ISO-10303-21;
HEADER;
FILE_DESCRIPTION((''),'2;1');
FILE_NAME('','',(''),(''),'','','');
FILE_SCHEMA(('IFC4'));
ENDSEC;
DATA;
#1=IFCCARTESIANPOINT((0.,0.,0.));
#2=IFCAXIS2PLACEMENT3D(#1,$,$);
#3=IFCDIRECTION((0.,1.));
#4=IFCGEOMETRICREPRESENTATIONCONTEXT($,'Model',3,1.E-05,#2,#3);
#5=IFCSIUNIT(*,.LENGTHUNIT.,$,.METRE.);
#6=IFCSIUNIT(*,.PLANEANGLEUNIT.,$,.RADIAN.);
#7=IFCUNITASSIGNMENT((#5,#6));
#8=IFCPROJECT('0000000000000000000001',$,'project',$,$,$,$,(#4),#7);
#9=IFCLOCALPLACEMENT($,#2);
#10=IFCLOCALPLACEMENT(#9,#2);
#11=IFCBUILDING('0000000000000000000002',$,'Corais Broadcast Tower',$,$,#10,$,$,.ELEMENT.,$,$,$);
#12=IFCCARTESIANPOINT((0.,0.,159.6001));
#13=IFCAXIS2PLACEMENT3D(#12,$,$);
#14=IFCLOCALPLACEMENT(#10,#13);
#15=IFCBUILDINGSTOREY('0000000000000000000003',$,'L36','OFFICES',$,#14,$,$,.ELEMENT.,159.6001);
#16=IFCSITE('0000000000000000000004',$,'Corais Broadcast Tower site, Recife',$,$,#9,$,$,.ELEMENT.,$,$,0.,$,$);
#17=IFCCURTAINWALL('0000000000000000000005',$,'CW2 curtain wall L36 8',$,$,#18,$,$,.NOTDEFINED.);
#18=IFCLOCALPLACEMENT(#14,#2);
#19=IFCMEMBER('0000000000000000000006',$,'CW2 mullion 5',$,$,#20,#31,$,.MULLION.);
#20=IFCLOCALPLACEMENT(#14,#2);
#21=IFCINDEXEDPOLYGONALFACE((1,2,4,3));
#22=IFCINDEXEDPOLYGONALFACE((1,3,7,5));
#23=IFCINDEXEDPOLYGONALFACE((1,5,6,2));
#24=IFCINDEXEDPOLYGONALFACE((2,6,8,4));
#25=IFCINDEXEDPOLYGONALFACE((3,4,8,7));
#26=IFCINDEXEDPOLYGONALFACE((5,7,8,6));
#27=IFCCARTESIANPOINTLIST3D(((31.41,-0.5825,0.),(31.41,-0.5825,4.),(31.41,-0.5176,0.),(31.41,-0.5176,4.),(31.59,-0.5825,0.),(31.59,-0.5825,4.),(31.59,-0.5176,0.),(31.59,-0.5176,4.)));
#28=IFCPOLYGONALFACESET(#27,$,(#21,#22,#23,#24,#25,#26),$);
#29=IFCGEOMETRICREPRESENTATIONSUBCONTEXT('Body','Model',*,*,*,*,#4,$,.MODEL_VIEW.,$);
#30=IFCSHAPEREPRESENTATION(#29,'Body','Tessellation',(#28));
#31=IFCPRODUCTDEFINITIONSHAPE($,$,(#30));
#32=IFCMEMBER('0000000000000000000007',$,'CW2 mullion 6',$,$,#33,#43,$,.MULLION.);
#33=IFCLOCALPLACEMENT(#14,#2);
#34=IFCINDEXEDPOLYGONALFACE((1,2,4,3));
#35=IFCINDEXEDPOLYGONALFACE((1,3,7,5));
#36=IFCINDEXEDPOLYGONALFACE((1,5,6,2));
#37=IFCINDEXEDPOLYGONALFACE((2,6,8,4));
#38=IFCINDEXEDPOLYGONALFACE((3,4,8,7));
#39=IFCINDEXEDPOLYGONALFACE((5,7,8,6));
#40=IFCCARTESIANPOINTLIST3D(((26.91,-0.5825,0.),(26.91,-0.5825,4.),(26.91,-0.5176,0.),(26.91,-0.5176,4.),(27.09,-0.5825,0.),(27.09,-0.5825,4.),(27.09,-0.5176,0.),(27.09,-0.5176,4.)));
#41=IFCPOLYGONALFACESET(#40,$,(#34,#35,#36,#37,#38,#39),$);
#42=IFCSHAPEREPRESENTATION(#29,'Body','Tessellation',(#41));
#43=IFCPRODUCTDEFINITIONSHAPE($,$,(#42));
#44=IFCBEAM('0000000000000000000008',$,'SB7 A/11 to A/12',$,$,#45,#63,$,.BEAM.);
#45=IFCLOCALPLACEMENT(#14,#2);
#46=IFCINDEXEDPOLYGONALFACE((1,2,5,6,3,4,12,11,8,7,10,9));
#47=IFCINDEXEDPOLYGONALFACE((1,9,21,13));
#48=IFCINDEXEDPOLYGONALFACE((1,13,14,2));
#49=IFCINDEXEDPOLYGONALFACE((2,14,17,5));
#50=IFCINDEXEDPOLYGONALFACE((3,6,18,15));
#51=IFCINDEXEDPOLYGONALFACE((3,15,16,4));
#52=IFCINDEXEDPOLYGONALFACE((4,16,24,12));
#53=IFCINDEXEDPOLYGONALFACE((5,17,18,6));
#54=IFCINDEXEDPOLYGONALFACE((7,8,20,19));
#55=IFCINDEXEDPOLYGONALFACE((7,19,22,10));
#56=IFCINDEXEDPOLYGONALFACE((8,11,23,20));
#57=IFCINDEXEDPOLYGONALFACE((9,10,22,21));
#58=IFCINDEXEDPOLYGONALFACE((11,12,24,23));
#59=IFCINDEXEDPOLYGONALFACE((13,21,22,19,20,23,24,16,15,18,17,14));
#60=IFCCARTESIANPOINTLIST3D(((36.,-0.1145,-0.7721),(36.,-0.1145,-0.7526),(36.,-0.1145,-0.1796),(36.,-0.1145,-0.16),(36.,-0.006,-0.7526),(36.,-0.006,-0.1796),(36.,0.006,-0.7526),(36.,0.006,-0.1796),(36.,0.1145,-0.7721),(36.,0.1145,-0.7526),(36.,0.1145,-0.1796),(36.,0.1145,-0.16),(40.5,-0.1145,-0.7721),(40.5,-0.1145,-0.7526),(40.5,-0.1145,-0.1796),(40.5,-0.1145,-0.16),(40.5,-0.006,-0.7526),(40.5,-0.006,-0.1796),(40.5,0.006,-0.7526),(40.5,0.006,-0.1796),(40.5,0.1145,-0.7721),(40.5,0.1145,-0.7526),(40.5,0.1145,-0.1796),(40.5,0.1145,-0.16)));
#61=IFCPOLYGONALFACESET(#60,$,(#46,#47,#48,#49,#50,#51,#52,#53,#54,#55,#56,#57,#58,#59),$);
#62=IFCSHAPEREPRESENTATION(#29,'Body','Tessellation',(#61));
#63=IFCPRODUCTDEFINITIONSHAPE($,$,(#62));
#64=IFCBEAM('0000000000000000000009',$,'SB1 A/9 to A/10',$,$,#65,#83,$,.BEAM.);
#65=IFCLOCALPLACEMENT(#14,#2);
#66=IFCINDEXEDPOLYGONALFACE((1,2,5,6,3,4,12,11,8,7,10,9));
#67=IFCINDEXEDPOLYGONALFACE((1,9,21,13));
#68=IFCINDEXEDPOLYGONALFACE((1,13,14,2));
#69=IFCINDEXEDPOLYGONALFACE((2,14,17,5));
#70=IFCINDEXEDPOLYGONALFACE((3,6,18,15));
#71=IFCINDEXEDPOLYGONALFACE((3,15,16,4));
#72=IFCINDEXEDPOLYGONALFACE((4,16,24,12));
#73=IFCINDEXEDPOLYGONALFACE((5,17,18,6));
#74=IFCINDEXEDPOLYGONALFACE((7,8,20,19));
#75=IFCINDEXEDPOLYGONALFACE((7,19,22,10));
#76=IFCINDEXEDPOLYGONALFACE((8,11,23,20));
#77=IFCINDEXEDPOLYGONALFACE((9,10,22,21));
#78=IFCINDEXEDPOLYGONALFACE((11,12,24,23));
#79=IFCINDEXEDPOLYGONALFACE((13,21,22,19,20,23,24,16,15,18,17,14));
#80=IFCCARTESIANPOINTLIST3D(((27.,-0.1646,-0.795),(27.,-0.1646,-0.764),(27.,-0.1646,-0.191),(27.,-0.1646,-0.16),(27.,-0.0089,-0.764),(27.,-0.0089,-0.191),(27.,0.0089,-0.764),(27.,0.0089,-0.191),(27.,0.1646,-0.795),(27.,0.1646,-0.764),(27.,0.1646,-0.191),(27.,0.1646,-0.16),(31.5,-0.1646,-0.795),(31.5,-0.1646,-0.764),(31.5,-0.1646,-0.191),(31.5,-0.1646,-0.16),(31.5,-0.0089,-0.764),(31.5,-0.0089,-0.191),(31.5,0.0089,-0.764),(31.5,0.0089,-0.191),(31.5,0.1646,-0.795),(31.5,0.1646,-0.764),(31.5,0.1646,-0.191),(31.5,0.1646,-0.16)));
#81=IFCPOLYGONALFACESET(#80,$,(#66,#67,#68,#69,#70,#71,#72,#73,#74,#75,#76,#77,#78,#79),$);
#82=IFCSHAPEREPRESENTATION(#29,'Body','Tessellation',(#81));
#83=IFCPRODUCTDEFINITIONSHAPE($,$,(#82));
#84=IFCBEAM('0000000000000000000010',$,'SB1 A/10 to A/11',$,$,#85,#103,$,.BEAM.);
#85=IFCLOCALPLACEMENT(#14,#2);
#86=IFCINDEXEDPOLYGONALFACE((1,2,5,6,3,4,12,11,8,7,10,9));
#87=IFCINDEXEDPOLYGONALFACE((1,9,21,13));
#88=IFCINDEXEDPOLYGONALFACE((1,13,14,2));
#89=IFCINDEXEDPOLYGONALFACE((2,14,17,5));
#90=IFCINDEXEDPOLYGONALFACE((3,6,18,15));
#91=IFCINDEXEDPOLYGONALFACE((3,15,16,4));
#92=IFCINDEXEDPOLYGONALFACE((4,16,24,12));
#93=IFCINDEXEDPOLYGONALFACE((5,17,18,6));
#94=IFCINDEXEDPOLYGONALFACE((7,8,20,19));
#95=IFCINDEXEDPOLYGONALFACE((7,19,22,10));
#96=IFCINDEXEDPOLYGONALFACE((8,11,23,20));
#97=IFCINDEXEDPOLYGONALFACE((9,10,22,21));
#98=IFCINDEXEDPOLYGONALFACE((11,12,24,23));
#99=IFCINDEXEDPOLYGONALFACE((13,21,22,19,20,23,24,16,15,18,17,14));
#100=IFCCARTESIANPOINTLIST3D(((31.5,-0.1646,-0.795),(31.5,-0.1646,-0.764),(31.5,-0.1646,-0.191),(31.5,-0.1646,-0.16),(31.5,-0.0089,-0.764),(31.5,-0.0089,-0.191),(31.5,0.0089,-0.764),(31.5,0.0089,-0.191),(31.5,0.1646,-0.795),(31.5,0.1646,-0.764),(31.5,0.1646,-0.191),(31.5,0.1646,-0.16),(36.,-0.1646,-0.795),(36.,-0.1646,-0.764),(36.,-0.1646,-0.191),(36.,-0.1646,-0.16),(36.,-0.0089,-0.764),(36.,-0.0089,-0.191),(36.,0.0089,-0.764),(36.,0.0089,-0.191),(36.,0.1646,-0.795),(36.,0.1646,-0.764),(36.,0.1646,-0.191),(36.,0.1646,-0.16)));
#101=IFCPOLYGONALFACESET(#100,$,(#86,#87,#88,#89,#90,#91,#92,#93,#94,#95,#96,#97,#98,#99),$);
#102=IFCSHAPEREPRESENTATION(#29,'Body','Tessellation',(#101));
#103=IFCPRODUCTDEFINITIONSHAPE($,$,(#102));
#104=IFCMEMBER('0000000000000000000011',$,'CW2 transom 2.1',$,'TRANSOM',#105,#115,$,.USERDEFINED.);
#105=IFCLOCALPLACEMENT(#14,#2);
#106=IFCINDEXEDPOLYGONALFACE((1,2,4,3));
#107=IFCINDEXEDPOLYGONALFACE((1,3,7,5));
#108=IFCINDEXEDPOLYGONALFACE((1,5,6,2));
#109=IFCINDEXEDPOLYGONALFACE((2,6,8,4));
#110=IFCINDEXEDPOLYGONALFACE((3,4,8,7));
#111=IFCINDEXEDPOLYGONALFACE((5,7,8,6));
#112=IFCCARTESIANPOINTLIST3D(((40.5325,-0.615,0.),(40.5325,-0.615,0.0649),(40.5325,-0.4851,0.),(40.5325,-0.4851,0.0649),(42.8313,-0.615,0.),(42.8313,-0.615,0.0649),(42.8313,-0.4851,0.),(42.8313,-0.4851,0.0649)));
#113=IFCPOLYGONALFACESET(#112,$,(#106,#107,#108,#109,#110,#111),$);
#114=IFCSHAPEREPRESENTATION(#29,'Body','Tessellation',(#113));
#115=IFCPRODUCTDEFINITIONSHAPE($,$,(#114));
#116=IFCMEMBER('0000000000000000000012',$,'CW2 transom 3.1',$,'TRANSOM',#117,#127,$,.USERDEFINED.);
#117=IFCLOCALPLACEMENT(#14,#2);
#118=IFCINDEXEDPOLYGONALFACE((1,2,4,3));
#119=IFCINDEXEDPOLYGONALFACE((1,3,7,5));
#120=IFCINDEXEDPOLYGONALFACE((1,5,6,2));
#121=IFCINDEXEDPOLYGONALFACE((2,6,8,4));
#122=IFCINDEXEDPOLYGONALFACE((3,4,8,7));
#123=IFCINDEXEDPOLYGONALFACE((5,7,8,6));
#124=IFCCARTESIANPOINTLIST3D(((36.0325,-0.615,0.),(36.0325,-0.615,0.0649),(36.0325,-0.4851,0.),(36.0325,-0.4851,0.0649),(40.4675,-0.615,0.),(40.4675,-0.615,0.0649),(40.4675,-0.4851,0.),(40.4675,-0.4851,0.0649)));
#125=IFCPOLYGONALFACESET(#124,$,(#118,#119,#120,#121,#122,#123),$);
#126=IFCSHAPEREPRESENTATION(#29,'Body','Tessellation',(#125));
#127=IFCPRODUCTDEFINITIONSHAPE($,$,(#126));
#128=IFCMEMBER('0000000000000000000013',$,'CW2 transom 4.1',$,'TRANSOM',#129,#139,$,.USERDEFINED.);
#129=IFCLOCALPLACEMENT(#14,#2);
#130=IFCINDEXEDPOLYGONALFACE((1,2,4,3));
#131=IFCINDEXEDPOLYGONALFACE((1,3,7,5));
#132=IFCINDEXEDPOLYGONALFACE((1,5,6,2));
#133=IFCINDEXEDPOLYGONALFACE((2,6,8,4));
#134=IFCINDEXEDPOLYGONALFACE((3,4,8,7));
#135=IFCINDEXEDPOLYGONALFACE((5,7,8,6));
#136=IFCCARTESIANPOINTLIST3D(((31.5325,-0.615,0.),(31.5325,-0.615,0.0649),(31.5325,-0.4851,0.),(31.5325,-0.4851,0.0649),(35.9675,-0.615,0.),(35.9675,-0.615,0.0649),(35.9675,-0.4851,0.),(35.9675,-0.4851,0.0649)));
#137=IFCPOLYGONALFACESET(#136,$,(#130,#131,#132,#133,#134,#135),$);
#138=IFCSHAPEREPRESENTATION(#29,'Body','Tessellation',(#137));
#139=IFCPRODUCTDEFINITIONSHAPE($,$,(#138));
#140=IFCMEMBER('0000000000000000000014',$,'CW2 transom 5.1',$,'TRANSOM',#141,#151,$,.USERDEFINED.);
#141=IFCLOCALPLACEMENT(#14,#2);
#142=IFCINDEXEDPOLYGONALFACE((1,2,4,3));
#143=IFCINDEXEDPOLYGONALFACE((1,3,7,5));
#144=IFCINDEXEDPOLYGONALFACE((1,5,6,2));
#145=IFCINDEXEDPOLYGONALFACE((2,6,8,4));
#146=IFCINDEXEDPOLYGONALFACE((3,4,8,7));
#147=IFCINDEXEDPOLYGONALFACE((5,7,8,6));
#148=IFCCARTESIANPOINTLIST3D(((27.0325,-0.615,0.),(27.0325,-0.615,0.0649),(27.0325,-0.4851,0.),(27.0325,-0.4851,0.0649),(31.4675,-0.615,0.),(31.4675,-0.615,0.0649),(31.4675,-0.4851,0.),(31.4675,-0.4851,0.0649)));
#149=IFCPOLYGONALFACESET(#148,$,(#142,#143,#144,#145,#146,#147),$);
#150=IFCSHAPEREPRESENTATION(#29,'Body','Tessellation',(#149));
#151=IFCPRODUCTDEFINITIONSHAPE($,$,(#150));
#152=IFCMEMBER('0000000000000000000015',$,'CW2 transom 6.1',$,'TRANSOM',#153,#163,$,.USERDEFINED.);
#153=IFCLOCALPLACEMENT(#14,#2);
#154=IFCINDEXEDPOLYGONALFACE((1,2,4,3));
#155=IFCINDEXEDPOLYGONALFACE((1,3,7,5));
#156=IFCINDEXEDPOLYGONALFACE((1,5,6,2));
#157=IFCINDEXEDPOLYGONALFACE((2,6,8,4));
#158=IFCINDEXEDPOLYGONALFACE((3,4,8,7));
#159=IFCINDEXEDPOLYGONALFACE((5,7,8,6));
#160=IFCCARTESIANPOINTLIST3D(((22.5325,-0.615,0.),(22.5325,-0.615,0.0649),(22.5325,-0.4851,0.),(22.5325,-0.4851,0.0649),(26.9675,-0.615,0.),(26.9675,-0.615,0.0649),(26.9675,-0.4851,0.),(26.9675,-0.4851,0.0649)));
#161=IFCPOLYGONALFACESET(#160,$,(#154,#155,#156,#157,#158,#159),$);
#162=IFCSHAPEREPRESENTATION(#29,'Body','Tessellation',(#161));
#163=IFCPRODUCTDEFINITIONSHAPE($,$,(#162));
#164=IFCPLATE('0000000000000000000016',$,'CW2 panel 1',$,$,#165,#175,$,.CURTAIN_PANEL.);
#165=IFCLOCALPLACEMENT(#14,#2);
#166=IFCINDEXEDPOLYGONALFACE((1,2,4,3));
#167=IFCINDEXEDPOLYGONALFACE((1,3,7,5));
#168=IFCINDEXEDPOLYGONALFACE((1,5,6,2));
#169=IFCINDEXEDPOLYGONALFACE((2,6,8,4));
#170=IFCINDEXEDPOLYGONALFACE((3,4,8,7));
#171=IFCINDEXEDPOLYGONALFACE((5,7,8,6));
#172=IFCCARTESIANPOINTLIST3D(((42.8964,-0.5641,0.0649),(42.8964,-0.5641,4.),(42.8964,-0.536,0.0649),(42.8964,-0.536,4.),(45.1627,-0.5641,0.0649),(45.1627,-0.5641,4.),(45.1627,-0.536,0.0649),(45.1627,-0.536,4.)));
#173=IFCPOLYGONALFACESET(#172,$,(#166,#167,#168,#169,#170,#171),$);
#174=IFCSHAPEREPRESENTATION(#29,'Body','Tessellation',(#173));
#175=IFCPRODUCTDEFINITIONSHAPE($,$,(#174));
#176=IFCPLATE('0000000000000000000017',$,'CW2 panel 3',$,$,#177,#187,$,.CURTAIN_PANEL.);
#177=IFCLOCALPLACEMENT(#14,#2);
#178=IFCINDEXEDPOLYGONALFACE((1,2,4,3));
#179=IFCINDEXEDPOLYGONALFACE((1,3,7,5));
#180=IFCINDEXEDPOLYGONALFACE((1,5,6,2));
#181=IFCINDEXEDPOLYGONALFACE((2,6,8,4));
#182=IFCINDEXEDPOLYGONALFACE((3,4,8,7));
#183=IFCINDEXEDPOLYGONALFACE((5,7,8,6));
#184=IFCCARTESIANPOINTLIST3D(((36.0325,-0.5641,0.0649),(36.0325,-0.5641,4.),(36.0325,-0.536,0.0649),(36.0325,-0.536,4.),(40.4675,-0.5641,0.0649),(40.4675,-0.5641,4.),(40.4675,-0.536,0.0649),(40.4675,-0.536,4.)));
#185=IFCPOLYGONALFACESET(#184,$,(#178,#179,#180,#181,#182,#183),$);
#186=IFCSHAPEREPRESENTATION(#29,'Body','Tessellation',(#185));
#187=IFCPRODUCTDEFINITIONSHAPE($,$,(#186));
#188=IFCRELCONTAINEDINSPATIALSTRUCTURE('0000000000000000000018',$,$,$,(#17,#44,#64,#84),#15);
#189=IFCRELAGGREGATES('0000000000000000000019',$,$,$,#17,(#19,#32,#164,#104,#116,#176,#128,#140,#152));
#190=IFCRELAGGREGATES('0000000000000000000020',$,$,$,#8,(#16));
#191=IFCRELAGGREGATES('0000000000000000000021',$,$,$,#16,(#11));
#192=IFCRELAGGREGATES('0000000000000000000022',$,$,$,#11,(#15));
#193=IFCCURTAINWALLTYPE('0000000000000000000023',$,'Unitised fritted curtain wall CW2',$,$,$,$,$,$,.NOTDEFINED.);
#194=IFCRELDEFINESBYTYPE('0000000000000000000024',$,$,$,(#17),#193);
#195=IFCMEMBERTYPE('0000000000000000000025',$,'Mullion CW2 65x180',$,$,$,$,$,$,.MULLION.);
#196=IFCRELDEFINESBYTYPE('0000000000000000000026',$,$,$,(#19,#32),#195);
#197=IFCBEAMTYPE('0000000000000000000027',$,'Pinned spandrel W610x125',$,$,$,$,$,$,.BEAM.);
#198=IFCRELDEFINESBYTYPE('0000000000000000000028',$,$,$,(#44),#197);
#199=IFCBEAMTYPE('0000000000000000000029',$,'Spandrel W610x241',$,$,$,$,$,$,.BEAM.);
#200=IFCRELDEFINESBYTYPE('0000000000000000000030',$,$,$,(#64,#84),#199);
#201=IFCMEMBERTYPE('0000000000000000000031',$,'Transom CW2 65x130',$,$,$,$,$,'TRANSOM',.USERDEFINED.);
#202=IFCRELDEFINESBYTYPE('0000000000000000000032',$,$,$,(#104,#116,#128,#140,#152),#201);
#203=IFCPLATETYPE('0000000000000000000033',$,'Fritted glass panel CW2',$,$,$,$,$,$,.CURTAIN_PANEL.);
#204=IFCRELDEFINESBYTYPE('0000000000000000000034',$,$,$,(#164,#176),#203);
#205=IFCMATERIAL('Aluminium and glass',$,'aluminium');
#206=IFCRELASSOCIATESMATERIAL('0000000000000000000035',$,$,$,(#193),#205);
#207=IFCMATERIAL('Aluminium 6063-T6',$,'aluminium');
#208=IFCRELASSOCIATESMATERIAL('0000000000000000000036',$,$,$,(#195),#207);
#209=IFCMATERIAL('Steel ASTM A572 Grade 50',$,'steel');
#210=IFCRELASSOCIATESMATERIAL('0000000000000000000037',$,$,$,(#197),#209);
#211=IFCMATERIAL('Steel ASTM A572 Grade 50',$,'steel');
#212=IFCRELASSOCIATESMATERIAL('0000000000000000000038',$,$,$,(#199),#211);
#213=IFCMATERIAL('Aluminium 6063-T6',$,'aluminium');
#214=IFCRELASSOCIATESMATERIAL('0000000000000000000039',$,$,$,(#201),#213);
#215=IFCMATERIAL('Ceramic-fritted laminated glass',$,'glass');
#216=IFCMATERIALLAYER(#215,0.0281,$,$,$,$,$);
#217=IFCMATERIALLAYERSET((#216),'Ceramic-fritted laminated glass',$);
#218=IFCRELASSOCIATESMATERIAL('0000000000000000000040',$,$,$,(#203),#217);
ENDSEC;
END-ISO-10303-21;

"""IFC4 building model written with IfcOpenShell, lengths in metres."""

from ifc_helpers import new_model, si_unit, direction, frame, origin, origin_2d, place, context, subcontext, project, spatial, rectangle, i_section, extrude, material, layer, layer_set, material_profile, profile_set, type_object, element, aggregate, save


model = new_model("IFC4")

# Units and contexts
model_context = context("Model", 3, precision=1e-05, world=origin(), true_north=direction((0.0, 1.0)))
body_context = subcontext(model_context, "Body", "Model", "MODEL_VIEW")
ifc_project = project(units=[si_unit("LENGTHUNIT", "METRE"), si_unit("PLANEANGLEUNIT", "RADIAN")], contexts=[model_context])

# Site, building, storey
site_placement = place(None, origin())
site = spatial("IfcSite", under=ifc_project, at=site_placement, Name="Corais Broadcast Tower site, Recife", CompositionType="ELEMENT", RefElevation=0.0)
building_placement = place(site_placement, origin())
building = spatial("IfcBuilding", under=site, at=building_placement, Name="Corais Broadcast Tower", CompositionType="ELEMENT")
storey_placement = place(building_placement, frame((0.0, 0.0, 159.6001)))
storey = spatial("IfcBuildingStorey", under=building, at=storey_placement, Name="L36", Description="OFFICES", CompositionType="ELEMENT", Elevation=159.6001)

# Curtain wall, members
ifc_material_1 = material(Name="Aluminium and glass", Category="aluminium")
curtain_wall_type = type_object("IfcCurtainWallType", Name="Unitised fritted curtain wall CW2", PredefinedType="NOTDEFINED", material=ifc_material_1)
curtain_wall_placement = place(storey_placement, origin())
curtain_wall = element("IfcCurtainWall", 1, at=curtain_wall_placement, inside=storey, type_object=curtain_wall_type, Name="CW2 curtain wall L36 8", PredefinedType="NOTDEFINED")
ifc_material_2 = material(Name="Aluminium 6063-T6", Category="aluminium")
ifc_material_profile_1 = material_profile(ifc_material_2, rectangle(XDim=0.0649, YDim=0.1799, at=origin_2d()), Name="Mullion CW2 65x180")
ifc_profile_set_1 = profile_set([ifc_material_profile_1], Name="Aluminium 6063-T6")
member_type_1 = type_object("IfcMemberType", Name="Mullion CW2 65x180", PredefinedType="MULLION", material=ifc_profile_set_1)
member_1_placement = place(storey_placement, frame((31.5, -0.55, 0.0), z_axis=(0.0, 0.0, 1.0), x_axis=(0.0, -1.0, 0.0)))
member_1 = element("IfcMember", 2, at=member_1_placement, type_object=member_type_1, Name="CW2 mullion 5", PredefinedType="MULLION", context=body_context, shape_type="SweptSolid", body=[
    extrude(rectangle(XDim=0.0649, YDim=0.1799, at=origin_2d()), origin(), (0.0, 0.0, 1.0), 4.0),
])
member_2_placement = place(storey_placement, frame((27.0, -0.55, 0.0), z_axis=(0.0, 0.0, 1.0), x_axis=(0.0, -1.0, 0.0)))
member_2 = element("IfcMember", 3, at=member_2_placement, type_object=member_type_1, Name="CW2 mullion 6", PredefinedType="MULLION", context=body_context, shape_type="SweptSolid", body=[
    extrude(rectangle(XDim=0.0649, YDim=0.1799, at=origin_2d()), origin(), (0.0, 0.0, 1.0), 4.0),
])

# Beams
ifc_material_3 = material(Name="Steel ASTM A572 Grade 50", Category="steel")
ifc_material_profile_2 = material_profile(ifc_material_3, i_section(OverallWidth=0.229, OverallDepth=0.6121, WebThickness=0.012, FlangeThickness=0.0195, at=origin_2d()), Name="W610x125")
ifc_profile_set_2 = profile_set([ifc_material_profile_2], Name="Steel ASTM A572 Grade 50")
beam_type_1 = type_object("IfcBeamType", Name="Pinned spandrel W610x125", PredefinedType="BEAM", material=ifc_profile_set_2)
beam_placement = place(storey_placement, frame((36.0, 0.0, -0.4661), z_axis=(1.0, 0.0, 0.0), x_axis=(0.0, 1.0, 0.0)))
element("IfcBeam", 4, at=beam_placement, inside=storey, type_object=beam_type_1, Name="SB7 A/11 to A/12", PredefinedType="BEAM", context=body_context, shape_type="SweptSolid", body=[
    extrude(i_section(OverallWidth=0.229, OverallDepth=0.6121, WebThickness=0.012, FlangeThickness=0.0195, at=origin_2d()), origin(), (0.0, 0.0, 1.0), 4.5),
])
ifc_material_4 = material(Name="Steel ASTM A572 Grade 50", Category="steel")
ifc_material_profile_3 = material_profile(ifc_material_4, i_section(OverallWidth=0.3291, OverallDepth=0.635, WebThickness=0.0178, FlangeThickness=0.031, at=origin_2d()), Name="W610x241")
ifc_profile_set_3 = profile_set([ifc_material_profile_3], Name="Steel ASTM A572 Grade 50")
beam_type_2 = type_object("IfcBeamType", Name="Spandrel W610x241", PredefinedType="BEAM", material=ifc_profile_set_3)
for number, where, z_axis, x_axis, name in (
    (5, (27.0, 0.0, -0.4775), (1.0, 0.0, 0.0), (0.0, 1.0, 0.0), "SB1 A/9 to A/10"),
    (6, (31.5, 0.0, -0.4775), (1.0, 0.0, 0.0), (0.0, 1.0, 0.0), "SB1 A/10 to A/11"),
):
    element("IfcBeam", number, at=place(storey_placement, frame(where, z_axis=z_axis, x_axis=x_axis)), inside=storey, type_object=beam_type_2, Name=name, PredefinedType="BEAM", context=body_context, shape_type="SweptSolid", body=[
        extrude(i_section(OverallWidth=0.3291, OverallDepth=0.635, WebThickness=0.0178, FlangeThickness=0.031, at=origin_2d()), origin(), (0.0, 0.0, 1.0), 4.5),
    ])

# Members
ifc_material_5 = material(Name="Aluminium 6063-T6", Category="aluminium")
ifc_material_profile_4 = material_profile(ifc_material_5, rectangle(XDim=0.1299, YDim=0.0649, at=origin_2d()), Name="Transom CW2 65x130")
ifc_profile_set_4 = profile_set([ifc_material_profile_4], Name="Aluminium 6063-T6")
member_type_2 = type_object("IfcMemberType", Name="Transom CW2 65x130", ElementType="TRANSOM", PredefinedType="USERDEFINED", material=ifc_profile_set_4)
member_3_placement = place(storey_placement, frame((42.8313, -0.55, 0.0325), z_axis=(-1.0, 0.0, 0.0), x_axis=(0.0, -1.0, 0.0)))
member_3 = element("IfcMember", 7, at=member_3_placement, type_object=member_type_2, Name="CW2 transom 2.1", ObjectType="TRANSOM", PredefinedType="USERDEFINED", context=body_context, shape_type="SweptSolid", body=[
    extrude(rectangle(XDim=0.1299, YDim=0.0649, at=origin_2d()), origin(), (0.0, 0.0, 1.0), 2.2988),
])
member_4_placement = place(storey_placement, frame((40.4675, -0.55, 0.0325), z_axis=(-1.0, 0.0, 0.0), x_axis=(0.0, -1.0, 0.0)))
member_4 = element("IfcMember", 8, at=member_4_placement, type_object=member_type_2, Name="CW2 transom 3.1", ObjectType="TRANSOM", PredefinedType="USERDEFINED", context=body_context, shape_type="SweptSolid", body=[
    extrude(rectangle(XDim=0.1299, YDim=0.0649, at=origin_2d()), origin(), (0.0, 0.0, 1.0), 4.4351),
])
member_5_placement = place(storey_placement, frame((35.9675, -0.55, 0.0325), z_axis=(-1.0, 0.0, 0.0), x_axis=(0.0, -1.0, 0.0)))
member_5 = element("IfcMember", 9, at=member_5_placement, type_object=member_type_2, Name="CW2 transom 4.1", ObjectType="TRANSOM", PredefinedType="USERDEFINED", context=body_context, shape_type="SweptSolid", body=[
    extrude(rectangle(XDim=0.1299, YDim=0.0649, at=origin_2d()), origin(), (0.0, 0.0, 1.0), 4.4351),
])
member_6_placement = place(storey_placement, frame((31.4675, -0.55, 0.0325), z_axis=(-1.0, 0.0, 0.0), x_axis=(0.0, -1.0, 0.0)))
member_6 = element("IfcMember", 10, at=member_6_placement, type_object=member_type_2, Name="CW2 transom 5.1", ObjectType="TRANSOM", PredefinedType="USERDEFINED", context=body_context, shape_type="SweptSolid", body=[
    extrude(rectangle(XDim=0.1299, YDim=0.0649, at=origin_2d()), origin(), (0.0, 0.0, 1.0), 4.4351),
])
member_7_placement = place(storey_placement, frame((26.9675, -0.55, 0.0325), z_axis=(-1.0, 0.0, 0.0), x_axis=(0.0, -1.0, 0.0)))
member_7 = element("IfcMember", 11, at=member_7_placement, type_object=member_type_2, Name="CW2 transom 6.1", ObjectType="TRANSOM", PredefinedType="USERDEFINED", context=body_context, shape_type="SweptSolid", body=[
    extrude(rectangle(XDim=0.1299, YDim=0.0649, at=origin_2d()), origin(), (0.0, 0.0, 1.0), 4.4351),
])

# Plates
ifc_material_6 = material(Name="Ceramic-fritted laminated glass", Category="glass")
ifc_layer_1 = layer(ifc_material_6, 0.0281)
ifc_layer_set_1 = layer_set([ifc_layer_1], Name="Ceramic-fritted laminated glass")
plate_type_1 = type_object("IfcPlateType", Name="Fritted glass panel CW2", PredefinedType="CURTAIN_PANEL", material=ifc_layer_set_1)
plate_1_placement = place(storey_placement, frame((44.0295, -0.55, 0.0649), z_axis=(0.0, 0.0, 1.0), x_axis=(-1.0, 0.0, 0.0)))
plate_1 = element("IfcPlate", 12, at=plate_1_placement, type_object=plate_type_1, Name="CW2 panel 1", PredefinedType="CURTAIN_PANEL", context=body_context, shape_type="SweptSolid", body=[
    extrude(rectangle(XDim=2.2664, YDim=0.0281, at=origin_2d()), origin(), (0.0, 0.0, 1.0), 3.9351),
])
plate_2_placement = place(storey_placement, frame((38.25, -0.55, 0.0649), z_axis=(0.0, 0.0, 1.0), x_axis=(-1.0, 0.0, 0.0)))
plate_2 = element("IfcPlate", 13, at=plate_2_placement, type_object=plate_type_1, Name="CW2 panel 3", PredefinedType="CURTAIN_PANEL", context=body_context, shape_type="SweptSolid", body=[
    extrude(rectangle(XDim=4.4351, YDim=0.0281, at=origin_2d()), origin(), (0.0, 0.0, 1.0), 3.9351),
])
aggregate(curtain_wall, [member_1, member_2, plate_1, member_3, member_4, plate_2, member_5, member_6, member_7])

save(model, "model.ifc")
